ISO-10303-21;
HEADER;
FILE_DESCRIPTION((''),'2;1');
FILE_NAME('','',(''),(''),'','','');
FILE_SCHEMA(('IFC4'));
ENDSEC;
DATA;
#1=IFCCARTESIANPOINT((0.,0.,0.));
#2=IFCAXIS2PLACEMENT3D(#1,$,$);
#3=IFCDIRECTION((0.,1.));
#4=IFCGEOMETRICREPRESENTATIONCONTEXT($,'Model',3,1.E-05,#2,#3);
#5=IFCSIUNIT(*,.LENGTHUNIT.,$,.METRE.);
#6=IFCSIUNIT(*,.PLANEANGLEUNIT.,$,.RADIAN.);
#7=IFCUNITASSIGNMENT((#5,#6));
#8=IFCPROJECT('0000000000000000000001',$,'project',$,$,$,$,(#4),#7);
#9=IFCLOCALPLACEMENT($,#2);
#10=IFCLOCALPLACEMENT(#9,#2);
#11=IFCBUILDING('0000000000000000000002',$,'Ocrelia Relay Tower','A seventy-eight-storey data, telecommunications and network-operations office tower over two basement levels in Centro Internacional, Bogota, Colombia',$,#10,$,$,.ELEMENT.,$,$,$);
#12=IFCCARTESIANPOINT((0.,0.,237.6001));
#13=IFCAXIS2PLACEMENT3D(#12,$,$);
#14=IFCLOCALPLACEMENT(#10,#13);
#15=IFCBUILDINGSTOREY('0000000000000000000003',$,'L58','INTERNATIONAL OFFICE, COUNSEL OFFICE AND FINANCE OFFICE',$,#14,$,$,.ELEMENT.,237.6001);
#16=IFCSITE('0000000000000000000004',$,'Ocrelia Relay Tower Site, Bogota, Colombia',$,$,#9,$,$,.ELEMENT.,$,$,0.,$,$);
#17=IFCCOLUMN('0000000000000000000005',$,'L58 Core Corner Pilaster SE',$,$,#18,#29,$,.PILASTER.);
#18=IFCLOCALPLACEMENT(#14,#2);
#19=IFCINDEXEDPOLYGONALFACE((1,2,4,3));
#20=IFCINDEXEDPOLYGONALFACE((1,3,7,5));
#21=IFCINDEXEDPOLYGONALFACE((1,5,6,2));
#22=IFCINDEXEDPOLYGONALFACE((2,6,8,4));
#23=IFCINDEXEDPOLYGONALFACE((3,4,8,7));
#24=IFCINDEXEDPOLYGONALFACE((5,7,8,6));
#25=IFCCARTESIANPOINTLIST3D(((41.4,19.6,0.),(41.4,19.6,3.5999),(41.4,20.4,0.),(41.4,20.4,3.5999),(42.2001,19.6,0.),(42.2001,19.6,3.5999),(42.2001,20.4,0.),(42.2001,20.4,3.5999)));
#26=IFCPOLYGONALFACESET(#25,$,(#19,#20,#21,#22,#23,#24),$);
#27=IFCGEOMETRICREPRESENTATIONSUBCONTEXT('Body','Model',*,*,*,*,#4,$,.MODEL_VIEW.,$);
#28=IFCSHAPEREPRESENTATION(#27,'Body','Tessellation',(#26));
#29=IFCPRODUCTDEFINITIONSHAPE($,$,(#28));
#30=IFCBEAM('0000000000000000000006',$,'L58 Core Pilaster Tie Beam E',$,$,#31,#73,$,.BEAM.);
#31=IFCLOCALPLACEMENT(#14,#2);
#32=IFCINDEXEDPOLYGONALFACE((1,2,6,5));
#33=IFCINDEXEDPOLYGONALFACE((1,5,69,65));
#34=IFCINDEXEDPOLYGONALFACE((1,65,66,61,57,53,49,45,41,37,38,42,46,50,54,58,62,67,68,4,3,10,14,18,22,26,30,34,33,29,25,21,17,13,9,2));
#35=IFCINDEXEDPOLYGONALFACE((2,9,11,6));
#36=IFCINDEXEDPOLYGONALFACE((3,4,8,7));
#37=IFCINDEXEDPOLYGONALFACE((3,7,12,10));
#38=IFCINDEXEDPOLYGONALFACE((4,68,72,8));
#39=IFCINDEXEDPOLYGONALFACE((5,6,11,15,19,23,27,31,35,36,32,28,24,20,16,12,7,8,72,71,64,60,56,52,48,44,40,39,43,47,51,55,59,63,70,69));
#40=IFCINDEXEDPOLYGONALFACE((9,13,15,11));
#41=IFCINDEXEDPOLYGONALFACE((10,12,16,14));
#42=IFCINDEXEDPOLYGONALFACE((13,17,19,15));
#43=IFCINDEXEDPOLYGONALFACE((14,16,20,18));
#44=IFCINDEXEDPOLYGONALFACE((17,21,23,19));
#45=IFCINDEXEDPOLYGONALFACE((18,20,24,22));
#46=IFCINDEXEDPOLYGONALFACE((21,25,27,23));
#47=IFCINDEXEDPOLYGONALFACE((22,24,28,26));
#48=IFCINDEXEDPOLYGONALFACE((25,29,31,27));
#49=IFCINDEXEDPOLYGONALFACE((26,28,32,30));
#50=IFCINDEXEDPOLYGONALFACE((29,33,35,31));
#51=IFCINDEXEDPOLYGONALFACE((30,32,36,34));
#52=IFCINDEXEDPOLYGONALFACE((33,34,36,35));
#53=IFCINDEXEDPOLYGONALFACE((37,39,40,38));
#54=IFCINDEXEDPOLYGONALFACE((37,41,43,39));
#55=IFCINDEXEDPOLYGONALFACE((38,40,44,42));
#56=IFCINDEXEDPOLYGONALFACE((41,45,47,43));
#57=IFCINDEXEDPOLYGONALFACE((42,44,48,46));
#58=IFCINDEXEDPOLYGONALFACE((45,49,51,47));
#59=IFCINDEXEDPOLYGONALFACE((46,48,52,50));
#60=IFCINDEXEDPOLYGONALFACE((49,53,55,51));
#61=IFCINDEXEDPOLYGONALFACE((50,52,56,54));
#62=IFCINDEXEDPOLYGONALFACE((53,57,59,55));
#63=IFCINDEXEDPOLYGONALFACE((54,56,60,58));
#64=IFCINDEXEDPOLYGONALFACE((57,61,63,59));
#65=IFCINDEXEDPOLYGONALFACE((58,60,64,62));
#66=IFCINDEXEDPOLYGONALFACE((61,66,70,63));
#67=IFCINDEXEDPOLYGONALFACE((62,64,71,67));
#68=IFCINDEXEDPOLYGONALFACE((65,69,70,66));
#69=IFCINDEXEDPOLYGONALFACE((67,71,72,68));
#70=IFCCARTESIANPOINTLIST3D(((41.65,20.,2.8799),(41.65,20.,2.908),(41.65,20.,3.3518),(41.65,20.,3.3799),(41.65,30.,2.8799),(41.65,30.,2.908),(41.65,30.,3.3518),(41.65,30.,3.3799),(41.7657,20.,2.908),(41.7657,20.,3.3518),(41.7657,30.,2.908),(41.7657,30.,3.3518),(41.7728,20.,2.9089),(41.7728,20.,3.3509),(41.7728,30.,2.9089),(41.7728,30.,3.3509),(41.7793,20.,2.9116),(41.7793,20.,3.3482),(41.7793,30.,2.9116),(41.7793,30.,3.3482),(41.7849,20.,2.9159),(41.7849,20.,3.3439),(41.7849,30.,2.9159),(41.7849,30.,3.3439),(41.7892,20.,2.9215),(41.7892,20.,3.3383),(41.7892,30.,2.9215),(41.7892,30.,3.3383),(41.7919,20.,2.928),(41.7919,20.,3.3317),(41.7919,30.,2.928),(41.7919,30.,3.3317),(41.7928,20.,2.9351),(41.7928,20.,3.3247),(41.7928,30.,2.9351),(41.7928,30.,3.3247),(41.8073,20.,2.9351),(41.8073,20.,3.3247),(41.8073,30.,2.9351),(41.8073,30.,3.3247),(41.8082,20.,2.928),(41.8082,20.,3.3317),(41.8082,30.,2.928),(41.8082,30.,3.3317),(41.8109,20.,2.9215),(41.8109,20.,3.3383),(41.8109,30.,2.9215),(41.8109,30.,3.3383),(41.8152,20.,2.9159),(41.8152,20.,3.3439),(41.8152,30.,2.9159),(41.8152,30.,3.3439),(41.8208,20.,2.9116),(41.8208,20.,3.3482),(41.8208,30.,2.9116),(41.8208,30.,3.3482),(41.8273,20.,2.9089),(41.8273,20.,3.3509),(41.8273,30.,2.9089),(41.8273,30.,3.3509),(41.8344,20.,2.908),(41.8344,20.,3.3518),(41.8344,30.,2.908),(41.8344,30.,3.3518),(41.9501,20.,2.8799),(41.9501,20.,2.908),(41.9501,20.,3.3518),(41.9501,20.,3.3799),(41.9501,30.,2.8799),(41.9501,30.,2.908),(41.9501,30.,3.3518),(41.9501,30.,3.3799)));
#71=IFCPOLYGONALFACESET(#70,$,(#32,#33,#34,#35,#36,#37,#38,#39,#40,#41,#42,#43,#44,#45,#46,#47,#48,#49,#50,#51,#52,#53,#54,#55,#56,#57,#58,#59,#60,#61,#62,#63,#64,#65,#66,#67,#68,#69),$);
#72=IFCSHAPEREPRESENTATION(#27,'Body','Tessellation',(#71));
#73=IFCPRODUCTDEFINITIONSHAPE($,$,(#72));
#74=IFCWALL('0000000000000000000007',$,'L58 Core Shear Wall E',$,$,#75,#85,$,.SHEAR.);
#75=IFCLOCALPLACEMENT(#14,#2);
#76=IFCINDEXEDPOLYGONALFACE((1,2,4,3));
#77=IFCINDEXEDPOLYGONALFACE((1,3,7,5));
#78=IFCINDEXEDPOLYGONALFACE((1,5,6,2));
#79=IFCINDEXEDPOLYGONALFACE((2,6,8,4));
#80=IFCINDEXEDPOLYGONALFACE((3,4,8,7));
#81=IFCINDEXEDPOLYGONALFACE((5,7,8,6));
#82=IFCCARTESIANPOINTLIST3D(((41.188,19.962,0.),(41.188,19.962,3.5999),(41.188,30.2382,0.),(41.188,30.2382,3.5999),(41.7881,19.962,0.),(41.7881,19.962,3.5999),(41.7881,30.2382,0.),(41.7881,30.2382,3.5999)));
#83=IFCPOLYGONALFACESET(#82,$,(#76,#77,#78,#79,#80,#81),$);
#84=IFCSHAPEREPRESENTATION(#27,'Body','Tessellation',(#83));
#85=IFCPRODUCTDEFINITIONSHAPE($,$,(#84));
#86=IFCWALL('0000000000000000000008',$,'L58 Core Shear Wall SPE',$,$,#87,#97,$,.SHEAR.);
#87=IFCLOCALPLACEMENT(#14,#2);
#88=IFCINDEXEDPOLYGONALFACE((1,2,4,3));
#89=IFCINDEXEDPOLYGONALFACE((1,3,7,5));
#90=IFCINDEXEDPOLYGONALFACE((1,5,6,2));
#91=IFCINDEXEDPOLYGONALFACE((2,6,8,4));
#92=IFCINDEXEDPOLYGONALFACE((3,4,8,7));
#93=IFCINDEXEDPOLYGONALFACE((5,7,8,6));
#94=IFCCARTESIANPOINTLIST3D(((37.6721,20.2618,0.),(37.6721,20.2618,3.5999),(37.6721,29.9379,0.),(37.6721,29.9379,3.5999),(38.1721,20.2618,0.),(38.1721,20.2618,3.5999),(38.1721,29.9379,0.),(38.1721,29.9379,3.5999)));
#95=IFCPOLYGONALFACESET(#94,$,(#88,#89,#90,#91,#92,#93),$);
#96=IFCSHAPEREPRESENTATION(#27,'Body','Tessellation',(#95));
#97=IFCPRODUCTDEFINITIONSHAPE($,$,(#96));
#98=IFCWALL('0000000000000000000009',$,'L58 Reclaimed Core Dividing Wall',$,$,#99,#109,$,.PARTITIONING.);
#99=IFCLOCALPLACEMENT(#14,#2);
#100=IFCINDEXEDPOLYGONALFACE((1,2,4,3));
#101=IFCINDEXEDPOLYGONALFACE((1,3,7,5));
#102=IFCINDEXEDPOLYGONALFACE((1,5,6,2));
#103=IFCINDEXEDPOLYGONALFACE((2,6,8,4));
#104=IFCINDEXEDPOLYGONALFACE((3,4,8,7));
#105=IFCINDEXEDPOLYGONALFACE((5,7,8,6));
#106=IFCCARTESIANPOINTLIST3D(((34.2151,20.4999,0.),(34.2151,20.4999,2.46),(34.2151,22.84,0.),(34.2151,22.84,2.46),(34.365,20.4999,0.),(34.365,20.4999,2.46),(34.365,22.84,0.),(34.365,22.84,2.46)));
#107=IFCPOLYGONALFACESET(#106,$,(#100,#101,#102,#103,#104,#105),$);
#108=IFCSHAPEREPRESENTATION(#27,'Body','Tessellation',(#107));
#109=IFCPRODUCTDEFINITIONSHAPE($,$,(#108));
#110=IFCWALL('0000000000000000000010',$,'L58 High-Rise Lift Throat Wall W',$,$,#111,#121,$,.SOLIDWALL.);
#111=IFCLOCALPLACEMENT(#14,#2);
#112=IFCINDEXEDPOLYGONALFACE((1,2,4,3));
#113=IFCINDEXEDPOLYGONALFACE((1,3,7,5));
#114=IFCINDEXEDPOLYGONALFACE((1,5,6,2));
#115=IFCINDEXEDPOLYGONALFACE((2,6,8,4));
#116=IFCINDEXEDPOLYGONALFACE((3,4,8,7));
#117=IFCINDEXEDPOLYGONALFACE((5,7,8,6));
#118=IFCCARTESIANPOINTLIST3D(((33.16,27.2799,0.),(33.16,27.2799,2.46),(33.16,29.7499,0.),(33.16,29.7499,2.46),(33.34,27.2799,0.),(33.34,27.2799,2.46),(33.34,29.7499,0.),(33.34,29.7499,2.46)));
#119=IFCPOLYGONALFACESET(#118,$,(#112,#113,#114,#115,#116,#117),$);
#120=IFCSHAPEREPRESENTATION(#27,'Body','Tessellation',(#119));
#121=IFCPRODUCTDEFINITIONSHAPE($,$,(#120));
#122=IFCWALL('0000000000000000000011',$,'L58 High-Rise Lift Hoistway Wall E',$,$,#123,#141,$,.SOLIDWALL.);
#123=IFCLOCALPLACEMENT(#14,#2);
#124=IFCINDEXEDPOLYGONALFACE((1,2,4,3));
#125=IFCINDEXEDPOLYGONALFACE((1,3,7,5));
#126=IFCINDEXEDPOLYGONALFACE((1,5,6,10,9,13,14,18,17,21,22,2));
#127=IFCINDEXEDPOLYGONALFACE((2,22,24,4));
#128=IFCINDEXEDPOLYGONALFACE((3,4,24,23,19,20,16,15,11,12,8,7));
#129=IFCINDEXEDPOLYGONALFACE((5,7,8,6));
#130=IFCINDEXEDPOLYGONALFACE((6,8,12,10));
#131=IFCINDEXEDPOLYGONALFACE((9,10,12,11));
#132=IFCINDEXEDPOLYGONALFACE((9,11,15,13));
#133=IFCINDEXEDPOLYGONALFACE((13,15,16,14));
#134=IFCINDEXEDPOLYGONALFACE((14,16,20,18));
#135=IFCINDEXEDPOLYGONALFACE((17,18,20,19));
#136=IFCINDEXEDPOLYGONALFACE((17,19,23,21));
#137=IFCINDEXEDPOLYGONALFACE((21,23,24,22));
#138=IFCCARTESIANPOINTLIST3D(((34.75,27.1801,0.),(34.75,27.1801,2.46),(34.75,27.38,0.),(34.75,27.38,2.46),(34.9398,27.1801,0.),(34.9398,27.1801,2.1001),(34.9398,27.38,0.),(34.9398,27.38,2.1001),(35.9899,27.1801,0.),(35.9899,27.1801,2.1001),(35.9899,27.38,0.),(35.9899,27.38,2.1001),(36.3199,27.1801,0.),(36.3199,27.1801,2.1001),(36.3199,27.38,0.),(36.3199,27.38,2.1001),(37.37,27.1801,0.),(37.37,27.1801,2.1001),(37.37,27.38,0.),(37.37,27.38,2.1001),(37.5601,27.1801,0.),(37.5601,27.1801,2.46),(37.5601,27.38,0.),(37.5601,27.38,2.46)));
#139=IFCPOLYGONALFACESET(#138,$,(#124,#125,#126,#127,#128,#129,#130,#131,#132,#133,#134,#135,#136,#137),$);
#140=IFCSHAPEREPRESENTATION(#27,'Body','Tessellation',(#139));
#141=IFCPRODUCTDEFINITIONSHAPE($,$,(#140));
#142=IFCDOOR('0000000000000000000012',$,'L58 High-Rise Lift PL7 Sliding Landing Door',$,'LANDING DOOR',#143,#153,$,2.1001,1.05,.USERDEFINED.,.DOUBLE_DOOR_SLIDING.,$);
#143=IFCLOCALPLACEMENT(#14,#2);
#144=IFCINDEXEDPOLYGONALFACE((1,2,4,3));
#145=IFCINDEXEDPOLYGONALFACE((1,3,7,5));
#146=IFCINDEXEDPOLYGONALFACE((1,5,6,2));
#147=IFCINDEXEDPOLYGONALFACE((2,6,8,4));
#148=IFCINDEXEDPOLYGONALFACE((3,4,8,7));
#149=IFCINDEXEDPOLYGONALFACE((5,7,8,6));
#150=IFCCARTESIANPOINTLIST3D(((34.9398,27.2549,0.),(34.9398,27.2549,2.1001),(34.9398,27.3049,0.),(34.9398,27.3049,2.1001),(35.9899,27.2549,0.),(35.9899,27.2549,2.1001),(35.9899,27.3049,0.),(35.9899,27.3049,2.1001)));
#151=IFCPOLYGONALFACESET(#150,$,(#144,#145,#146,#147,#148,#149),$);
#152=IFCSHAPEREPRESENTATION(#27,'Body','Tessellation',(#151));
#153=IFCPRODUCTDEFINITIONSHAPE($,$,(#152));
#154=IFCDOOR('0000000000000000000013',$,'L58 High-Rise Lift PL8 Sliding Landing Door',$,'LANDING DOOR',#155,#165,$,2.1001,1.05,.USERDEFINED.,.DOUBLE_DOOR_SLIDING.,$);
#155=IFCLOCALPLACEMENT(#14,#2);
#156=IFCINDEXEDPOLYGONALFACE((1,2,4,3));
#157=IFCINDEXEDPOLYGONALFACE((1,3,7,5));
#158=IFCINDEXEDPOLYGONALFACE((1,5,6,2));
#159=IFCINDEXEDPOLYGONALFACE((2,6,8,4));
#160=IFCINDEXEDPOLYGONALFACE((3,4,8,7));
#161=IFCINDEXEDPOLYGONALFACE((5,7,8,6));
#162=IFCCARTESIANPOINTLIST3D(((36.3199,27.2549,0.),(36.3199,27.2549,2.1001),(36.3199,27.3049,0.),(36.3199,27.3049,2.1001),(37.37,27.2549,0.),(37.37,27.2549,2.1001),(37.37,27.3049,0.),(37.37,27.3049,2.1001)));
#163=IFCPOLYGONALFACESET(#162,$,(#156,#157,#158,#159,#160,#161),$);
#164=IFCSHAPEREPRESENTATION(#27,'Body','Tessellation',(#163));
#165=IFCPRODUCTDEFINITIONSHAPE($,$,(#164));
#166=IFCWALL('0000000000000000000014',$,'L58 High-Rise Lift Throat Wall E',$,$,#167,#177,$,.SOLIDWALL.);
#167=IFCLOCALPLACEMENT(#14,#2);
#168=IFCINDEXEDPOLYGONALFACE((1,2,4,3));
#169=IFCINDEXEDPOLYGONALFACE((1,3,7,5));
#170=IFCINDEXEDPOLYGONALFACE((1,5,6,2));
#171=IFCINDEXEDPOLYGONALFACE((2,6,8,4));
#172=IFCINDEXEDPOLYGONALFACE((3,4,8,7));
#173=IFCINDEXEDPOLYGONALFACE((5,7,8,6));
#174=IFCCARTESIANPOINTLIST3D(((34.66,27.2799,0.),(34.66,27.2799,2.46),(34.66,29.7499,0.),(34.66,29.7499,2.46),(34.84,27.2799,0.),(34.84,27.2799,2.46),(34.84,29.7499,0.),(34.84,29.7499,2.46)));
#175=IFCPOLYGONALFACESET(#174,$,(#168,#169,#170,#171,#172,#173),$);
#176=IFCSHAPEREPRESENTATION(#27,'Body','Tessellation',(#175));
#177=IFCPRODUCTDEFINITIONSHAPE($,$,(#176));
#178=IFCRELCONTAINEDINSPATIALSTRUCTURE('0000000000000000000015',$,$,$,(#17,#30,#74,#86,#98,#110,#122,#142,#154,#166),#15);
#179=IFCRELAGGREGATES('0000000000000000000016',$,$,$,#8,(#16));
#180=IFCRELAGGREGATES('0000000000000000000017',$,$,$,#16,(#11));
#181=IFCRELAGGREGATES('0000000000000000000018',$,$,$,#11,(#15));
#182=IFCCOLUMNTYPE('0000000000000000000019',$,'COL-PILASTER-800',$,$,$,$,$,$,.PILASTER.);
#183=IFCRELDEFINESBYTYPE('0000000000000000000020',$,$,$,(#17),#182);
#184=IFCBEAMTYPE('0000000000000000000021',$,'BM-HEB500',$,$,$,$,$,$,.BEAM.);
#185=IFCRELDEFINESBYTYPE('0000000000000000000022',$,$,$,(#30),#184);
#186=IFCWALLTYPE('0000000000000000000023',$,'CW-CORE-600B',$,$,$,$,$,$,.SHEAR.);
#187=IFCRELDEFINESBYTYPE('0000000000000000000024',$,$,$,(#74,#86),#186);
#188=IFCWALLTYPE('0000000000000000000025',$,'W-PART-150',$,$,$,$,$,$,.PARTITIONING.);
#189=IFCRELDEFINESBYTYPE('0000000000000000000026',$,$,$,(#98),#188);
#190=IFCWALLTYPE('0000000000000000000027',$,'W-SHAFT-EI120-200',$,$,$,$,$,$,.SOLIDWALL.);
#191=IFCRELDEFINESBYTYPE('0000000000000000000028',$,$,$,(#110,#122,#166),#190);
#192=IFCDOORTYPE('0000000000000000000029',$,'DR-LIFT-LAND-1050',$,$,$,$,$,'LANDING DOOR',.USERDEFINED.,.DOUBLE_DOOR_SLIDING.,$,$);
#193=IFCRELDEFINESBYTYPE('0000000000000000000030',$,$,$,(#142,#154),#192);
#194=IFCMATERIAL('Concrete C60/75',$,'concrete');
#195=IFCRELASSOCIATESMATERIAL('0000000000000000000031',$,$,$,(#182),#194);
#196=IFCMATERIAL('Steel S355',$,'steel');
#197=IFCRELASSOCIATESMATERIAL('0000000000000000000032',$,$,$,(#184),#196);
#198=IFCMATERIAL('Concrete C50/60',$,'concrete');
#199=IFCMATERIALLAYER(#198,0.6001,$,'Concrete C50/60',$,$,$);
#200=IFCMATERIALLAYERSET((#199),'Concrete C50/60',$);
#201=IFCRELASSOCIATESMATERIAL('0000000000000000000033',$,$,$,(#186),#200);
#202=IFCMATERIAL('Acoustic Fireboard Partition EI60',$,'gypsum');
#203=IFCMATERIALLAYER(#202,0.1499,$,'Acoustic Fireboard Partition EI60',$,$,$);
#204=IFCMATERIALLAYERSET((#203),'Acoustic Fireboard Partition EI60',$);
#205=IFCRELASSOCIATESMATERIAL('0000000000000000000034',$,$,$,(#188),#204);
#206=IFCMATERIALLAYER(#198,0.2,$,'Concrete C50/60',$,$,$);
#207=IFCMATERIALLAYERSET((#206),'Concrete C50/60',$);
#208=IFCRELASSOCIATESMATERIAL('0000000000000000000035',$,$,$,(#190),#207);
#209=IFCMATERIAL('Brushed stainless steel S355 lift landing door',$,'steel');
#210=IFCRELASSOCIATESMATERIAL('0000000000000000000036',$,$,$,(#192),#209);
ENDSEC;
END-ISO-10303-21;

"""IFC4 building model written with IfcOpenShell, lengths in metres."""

from ifc_helpers import new_model, si_unit, direction, frame, frame_2d, origin, origin_2d, place, context, subcontext, project, spatial, rectangle, i_section, extrude, material, layer, layer_set, material_profile, profile_set, type_object, element, fill, save


model = new_model("IFC4")

# Units and contexts
model_context = context("Model", 3, precision=1e-05, world=origin(), true_north=direction((0.0, 1.0)))
body_context = subcontext(model_context, "Body", "Model", "MODEL_VIEW")
ifc_project = project(units=[si_unit("LENGTHUNIT", "METRE"), si_unit("PLANEANGLEUNIT", "RADIAN")], contexts=[model_context])

# Site, building, storey
site_placement = place(None, origin())
site = spatial("IfcSite", under=ifc_project, at=site_placement, Name="Ocrelia Relay Tower Site, Bogota, Colombia", CompositionType="ELEMENT", RefElevation=0.0)
building_placement = place(site_placement, origin())
building = spatial("IfcBuilding", under=site, at=building_placement, Name="Ocrelia Relay Tower", Description="A seventy-eight-storey data, telecommunications and network-operations office tower over two basement levels in Centro Internacional, Bogota, Colombia", CompositionType="ELEMENT")
storey_placement = place(building_placement, frame((0.0, 0.0, 237.6001)))
storey = spatial("IfcBuildingStorey", under=building, at=storey_placement, Name="L58", Description="INTERNATIONAL OFFICE, COUNSEL OFFICE AND FINANCE OFFICE", CompositionType="ELEMENT", Elevation=237.6001)

# Column
ifc_material_1 = material(Name="Concrete C60/75", Category="concrete")
ifc_material_profile_1 = material_profile(ifc_material_1, rectangle(XDim=0.8, YDim=0.8, at=origin_2d()), Name="RC-COL-800x800")
ifc_profile_set_1 = profile_set([ifc_material_profile_1], Name="Concrete C60/75")
column_type = type_object("IfcColumnType", Name="COL-PILASTER-800", PredefinedType="PILASTER", material=ifc_profile_set_1)
column_placement = place(storey_placement, frame((41.8, 20.0, 0.0), z_axis=(0.0, 0.0, 1.0), x_axis=(1.0, 0.0, 0.0)))
element("IfcColumn", 1, at=column_placement, inside=storey, type_object=column_type, Name="L58 Core Corner Pilaster SE", PredefinedType="PILASTER", context=body_context, shape_type="SweptSolid", body=[
    extrude(rectangle(XDim=0.8, YDim=0.8, at=origin_2d()), origin(), (0.0, 0.0, 1.0), 3.5999),
])

# Beam
ifc_material_2 = material(Name="Steel S355", Category="steel")
ifc_material_profile_2 = material_profile(ifc_material_2, i_section(OverallWidth=0.3, OverallDepth=0.5, WebThickness=0.0144, FlangeThickness=0.0281, FilletRadius=0.0271, at=origin_2d()), Name="HEB 500")
ifc_profile_set_2 = profile_set([ifc_material_profile_2], Name="Steel S355")
beam_type = type_object("IfcBeamType", Name="BM-HEB500", PredefinedType="BEAM", material=ifc_profile_set_2)
beam_placement = place(storey_placement, frame((41.8, 20.0, 3.1299), z_axis=(0.0, 1.0, 0.0), x_axis=(-1.0, 0.0, 0.0)))
element("IfcBeam", 2, at=beam_placement, inside=storey, type_object=beam_type, Name="L58 Core Pilaster Tie Beam E", PredefinedType="BEAM", context=body_context, shape_type="SweptSolid", body=[
    extrude(i_section(OverallWidth=0.3, OverallDepth=0.5, WebThickness=0.0144, FlangeThickness=0.0281, FilletRadius=0.0271, at=origin_2d()), origin(), (0.0, 0.0, 1.0), 10.0),
])

# Walls
ifc_material_3 = material(Name="Concrete C50/60", Category="concrete")
ifc_layer_1 = layer(ifc_material_3, 0.6001, Name="Concrete C50/60")
ifc_layer_set_1 = layer_set([ifc_layer_1], Name="Concrete C50/60")
wall_type_1 = type_object("IfcWallType", Name="CW-CORE-600B", PredefinedType="SHEAR", material=ifc_layer_set_1)
wall_1_placement = place(storey_placement, frame((41.488, 19.9619, 0.0), z_axis=(0.0, 0.0, 1.0), x_axis=(0.0, 1.0, 0.0)))
element("IfcWall", 3, at=wall_1_placement, inside=storey, type_object=wall_type_1, Name="L58 Core Shear Wall E", PredefinedType="SHEAR", context=body_context, shape_type="SweptSolid", body=[
    extrude(rectangle(XDim=10.2761, YDim=0.6001, at=frame_2d((5.1382, 0.0))), origin(), (0.0, 0.0, 1.0), 3.5999),
])
wall_2_placement = place(storey_placement, frame((37.9221, 20.262, 0.0), z_axis=(0.0, 0.0, 1.0), x_axis=(0.0, 1.0, 0.0)))
element("IfcWall", 4, at=wall_2_placement, inside=storey, type_object=wall_type_1, Name="L58 Core Shear Wall SPE", PredefinedType="SHEAR", context=body_context, shape_type="SweptSolid", body=[
    extrude(rectangle(XDim=9.676, YDim=0.5, at=frame_2d((4.8379, 0.0))), origin(), (0.0, 0.0, 1.0), 3.5999),
])

# Walls
ifc_material_4 = material(Name="Acoustic Fireboard Partition EI60", Category="gypsum")
ifc_layer_2 = layer(ifc_material_4, 0.1499, Name="Acoustic Fireboard Partition EI60")
ifc_layer_set_2 = layer_set([ifc_layer_2], Name="Acoustic Fireboard Partition EI60")
wall_type_2 = type_object("IfcWallType", Name="W-PART-150", PredefinedType="PARTITIONING", material=ifc_layer_set_2)
wall_3_placement = place(storey_placement, frame((34.29, 20.5, 0.0), z_axis=(0.0, 0.0, 1.0), x_axis=(0.0, 1.0, 0.0)))
element("IfcWall", 5, at=wall_3_placement, inside=storey, type_object=wall_type_2, Name="L58 Reclaimed Core Dividing Wall", PredefinedType="PARTITIONING", context=body_context, shape_type="SweptSolid", body=[
    extrude(rectangle(XDim=2.3401, YDim=0.1499, at=frame_2d((1.1699, 0.0))), origin(), (0.0, 0.0, 1.0), 2.46),
])
ifc_layer_3 = layer(ifc_material_3, 0.2, Name="Concrete C50/60")
ifc_layer_set_3 = layer_set([ifc_layer_3], Name="Concrete C50/60")
wall_type_3 = type_object("IfcWallType", Name="W-SHAFT-EI120-200", PredefinedType="SOLIDWALL", material=ifc_layer_set_3)
wall_4_placement = place(storey_placement, frame((33.25, 27.28, 0.0), z_axis=(0.0, 0.0, 1.0), x_axis=(0.0, 1.0, 0.0)))
element("IfcWall", 6, at=wall_4_placement, inside=storey, type_object=wall_type_3, Name="L58 High-Rise Lift Throat Wall W", PredefinedType="SOLIDWALL", context=body_context, shape_type="SweptSolid", body=[
    extrude(rectangle(XDim=2.47, YDim=0.1799, at=frame_2d((1.2349, 0.0))), origin(), (0.0, 0.0, 1.0), 2.46),
])

# Wall, openings, doors
wall_5_placement = place(storey_placement, frame((34.75, 27.28, 0.0), z_axis=(0.0, 0.0, 1.0), x_axis=(1.0, 0.0, 0.0)))
wall_5 = element("IfcWall", 7, at=wall_5_placement, inside=storey, type_object=wall_type_3, Name="L58 High-Rise Lift Hoistway Wall E", PredefinedType="SOLIDWALL", context=body_context, shape_type="SweptSolid", body=[
    extrude(rectangle(XDim=2.8101, YDim=0.2, at=frame_2d((1.405, 0.0))), origin(), (0.0, 0.0, 1.0), 2.46),
])
opening_1_placement = place(wall_5_placement, frame((0.1899, 0.0, 0.0)))
opening_1 = element("IfcOpeningElement", 8, at=opening_1_placement, cuts=wall_5, PredefinedType="OPENING", context=body_context, shape_type="SweptSolid", body=[
    extrude(rectangle(XDim=1.05, YDim=2.1001, at=frame_2d((0.5249, 1.05))), frame((0.0, 0.1099, 0.0), z_axis=(0.0, -1.0, 0.0), x_axis=(1.0, 0.0, 0.0)), (0.0, 0.0, 1.0), 0.22),
])
opening_2_placement = place(wall_5_placement, frame((1.5701, 0.0, 0.0)))
opening_2 = element("IfcOpeningElement", 9, at=opening_2_placement, cuts=wall_5, PredefinedType="OPENING", context=body_context, shape_type="SweptSolid", body=[
    extrude(rectangle(XDim=1.05, YDim=2.1001, at=frame_2d((0.5249, 1.05))), frame((0.0, 0.1099, 0.0), z_axis=(0.0, -1.0, 0.0), x_axis=(1.0, 0.0, 0.0)), (0.0, 0.0, 1.0), 0.22),
])
ifc_material_5 = material(Name="Brushed stainless steel S355 lift landing door", Category="steel")
door_type_1 = type_object("IfcDoorType", Name="DR-LIFT-LAND-1050", ElementType="LANDING DOOR", OperationType="DOUBLE_DOOR_SLIDING", PredefinedType="USERDEFINED", material=ifc_material_5)
door_1_placement = place(opening_1_placement, origin())
door_1 = element("IfcDoor", 10, at=door_1_placement, inside=storey, type_object=door_type_1, Name="L58 High-Rise Lift PL7 Sliding Landing Door", ObjectType="LANDING DOOR", OperationType="DOUBLE_DOOR_SLIDING", OverallHeight=2.1001, OverallWidth=1.05, PredefinedType="USERDEFINED", context=body_context, shape_type="SweptSolid", body=[
    extrude(rectangle(XDim=1.05, YDim=2.1001, at=frame_2d((0.5249, 1.05))), frame((0.0, 0.0249, 0.0), z_axis=(0.0, -1.0, 0.0), x_axis=(1.0, 0.0, 0.0)), (0.0, 0.0, 1.0), 0.05),
])
fill(opening_1, door_1)
door_2_placement = place(opening_2_placement, origin())
door_2 = element("IfcDoor", 11, at=door_2_placement, inside=storey, type_object=door_type_1, Name="L58 High-Rise Lift PL8 Sliding Landing Door", ObjectType="LANDING DOOR", OperationType="DOUBLE_DOOR_SLIDING", OverallHeight=2.1001, OverallWidth=1.05, PredefinedType="USERDEFINED", context=body_context, shape_type="SweptSolid", body=[
    extrude(rectangle(XDim=1.05, YDim=2.1001, at=frame_2d((0.5249, 1.05))), frame((0.0, 0.0249, 0.0), z_axis=(0.0, -1.0, 0.0), x_axis=(1.0, 0.0, 0.0)), (0.0, 0.0, 1.0), 0.05),
])
fill(opening_2, door_2)

# Wall
wall_6_placement = place(storey_placement, frame((34.75, 27.28, 0.0), z_axis=(0.0, 0.0, 1.0), x_axis=(0.0, 1.0, 0.0)))
element("IfcWall", 12, at=wall_6_placement, inside=storey, type_object=wall_type_3, Name="L58 High-Rise Lift Throat Wall E", PredefinedType="SOLIDWALL", context=body_context, shape_type="SweptSolid", body=[
    extrude(rectangle(XDim=2.47, YDim=0.1799, at=frame_2d((1.2349, 0.0))), origin(), (0.0, 0.0, 1.0), 2.46),
])

save(model, "model.ifc")
